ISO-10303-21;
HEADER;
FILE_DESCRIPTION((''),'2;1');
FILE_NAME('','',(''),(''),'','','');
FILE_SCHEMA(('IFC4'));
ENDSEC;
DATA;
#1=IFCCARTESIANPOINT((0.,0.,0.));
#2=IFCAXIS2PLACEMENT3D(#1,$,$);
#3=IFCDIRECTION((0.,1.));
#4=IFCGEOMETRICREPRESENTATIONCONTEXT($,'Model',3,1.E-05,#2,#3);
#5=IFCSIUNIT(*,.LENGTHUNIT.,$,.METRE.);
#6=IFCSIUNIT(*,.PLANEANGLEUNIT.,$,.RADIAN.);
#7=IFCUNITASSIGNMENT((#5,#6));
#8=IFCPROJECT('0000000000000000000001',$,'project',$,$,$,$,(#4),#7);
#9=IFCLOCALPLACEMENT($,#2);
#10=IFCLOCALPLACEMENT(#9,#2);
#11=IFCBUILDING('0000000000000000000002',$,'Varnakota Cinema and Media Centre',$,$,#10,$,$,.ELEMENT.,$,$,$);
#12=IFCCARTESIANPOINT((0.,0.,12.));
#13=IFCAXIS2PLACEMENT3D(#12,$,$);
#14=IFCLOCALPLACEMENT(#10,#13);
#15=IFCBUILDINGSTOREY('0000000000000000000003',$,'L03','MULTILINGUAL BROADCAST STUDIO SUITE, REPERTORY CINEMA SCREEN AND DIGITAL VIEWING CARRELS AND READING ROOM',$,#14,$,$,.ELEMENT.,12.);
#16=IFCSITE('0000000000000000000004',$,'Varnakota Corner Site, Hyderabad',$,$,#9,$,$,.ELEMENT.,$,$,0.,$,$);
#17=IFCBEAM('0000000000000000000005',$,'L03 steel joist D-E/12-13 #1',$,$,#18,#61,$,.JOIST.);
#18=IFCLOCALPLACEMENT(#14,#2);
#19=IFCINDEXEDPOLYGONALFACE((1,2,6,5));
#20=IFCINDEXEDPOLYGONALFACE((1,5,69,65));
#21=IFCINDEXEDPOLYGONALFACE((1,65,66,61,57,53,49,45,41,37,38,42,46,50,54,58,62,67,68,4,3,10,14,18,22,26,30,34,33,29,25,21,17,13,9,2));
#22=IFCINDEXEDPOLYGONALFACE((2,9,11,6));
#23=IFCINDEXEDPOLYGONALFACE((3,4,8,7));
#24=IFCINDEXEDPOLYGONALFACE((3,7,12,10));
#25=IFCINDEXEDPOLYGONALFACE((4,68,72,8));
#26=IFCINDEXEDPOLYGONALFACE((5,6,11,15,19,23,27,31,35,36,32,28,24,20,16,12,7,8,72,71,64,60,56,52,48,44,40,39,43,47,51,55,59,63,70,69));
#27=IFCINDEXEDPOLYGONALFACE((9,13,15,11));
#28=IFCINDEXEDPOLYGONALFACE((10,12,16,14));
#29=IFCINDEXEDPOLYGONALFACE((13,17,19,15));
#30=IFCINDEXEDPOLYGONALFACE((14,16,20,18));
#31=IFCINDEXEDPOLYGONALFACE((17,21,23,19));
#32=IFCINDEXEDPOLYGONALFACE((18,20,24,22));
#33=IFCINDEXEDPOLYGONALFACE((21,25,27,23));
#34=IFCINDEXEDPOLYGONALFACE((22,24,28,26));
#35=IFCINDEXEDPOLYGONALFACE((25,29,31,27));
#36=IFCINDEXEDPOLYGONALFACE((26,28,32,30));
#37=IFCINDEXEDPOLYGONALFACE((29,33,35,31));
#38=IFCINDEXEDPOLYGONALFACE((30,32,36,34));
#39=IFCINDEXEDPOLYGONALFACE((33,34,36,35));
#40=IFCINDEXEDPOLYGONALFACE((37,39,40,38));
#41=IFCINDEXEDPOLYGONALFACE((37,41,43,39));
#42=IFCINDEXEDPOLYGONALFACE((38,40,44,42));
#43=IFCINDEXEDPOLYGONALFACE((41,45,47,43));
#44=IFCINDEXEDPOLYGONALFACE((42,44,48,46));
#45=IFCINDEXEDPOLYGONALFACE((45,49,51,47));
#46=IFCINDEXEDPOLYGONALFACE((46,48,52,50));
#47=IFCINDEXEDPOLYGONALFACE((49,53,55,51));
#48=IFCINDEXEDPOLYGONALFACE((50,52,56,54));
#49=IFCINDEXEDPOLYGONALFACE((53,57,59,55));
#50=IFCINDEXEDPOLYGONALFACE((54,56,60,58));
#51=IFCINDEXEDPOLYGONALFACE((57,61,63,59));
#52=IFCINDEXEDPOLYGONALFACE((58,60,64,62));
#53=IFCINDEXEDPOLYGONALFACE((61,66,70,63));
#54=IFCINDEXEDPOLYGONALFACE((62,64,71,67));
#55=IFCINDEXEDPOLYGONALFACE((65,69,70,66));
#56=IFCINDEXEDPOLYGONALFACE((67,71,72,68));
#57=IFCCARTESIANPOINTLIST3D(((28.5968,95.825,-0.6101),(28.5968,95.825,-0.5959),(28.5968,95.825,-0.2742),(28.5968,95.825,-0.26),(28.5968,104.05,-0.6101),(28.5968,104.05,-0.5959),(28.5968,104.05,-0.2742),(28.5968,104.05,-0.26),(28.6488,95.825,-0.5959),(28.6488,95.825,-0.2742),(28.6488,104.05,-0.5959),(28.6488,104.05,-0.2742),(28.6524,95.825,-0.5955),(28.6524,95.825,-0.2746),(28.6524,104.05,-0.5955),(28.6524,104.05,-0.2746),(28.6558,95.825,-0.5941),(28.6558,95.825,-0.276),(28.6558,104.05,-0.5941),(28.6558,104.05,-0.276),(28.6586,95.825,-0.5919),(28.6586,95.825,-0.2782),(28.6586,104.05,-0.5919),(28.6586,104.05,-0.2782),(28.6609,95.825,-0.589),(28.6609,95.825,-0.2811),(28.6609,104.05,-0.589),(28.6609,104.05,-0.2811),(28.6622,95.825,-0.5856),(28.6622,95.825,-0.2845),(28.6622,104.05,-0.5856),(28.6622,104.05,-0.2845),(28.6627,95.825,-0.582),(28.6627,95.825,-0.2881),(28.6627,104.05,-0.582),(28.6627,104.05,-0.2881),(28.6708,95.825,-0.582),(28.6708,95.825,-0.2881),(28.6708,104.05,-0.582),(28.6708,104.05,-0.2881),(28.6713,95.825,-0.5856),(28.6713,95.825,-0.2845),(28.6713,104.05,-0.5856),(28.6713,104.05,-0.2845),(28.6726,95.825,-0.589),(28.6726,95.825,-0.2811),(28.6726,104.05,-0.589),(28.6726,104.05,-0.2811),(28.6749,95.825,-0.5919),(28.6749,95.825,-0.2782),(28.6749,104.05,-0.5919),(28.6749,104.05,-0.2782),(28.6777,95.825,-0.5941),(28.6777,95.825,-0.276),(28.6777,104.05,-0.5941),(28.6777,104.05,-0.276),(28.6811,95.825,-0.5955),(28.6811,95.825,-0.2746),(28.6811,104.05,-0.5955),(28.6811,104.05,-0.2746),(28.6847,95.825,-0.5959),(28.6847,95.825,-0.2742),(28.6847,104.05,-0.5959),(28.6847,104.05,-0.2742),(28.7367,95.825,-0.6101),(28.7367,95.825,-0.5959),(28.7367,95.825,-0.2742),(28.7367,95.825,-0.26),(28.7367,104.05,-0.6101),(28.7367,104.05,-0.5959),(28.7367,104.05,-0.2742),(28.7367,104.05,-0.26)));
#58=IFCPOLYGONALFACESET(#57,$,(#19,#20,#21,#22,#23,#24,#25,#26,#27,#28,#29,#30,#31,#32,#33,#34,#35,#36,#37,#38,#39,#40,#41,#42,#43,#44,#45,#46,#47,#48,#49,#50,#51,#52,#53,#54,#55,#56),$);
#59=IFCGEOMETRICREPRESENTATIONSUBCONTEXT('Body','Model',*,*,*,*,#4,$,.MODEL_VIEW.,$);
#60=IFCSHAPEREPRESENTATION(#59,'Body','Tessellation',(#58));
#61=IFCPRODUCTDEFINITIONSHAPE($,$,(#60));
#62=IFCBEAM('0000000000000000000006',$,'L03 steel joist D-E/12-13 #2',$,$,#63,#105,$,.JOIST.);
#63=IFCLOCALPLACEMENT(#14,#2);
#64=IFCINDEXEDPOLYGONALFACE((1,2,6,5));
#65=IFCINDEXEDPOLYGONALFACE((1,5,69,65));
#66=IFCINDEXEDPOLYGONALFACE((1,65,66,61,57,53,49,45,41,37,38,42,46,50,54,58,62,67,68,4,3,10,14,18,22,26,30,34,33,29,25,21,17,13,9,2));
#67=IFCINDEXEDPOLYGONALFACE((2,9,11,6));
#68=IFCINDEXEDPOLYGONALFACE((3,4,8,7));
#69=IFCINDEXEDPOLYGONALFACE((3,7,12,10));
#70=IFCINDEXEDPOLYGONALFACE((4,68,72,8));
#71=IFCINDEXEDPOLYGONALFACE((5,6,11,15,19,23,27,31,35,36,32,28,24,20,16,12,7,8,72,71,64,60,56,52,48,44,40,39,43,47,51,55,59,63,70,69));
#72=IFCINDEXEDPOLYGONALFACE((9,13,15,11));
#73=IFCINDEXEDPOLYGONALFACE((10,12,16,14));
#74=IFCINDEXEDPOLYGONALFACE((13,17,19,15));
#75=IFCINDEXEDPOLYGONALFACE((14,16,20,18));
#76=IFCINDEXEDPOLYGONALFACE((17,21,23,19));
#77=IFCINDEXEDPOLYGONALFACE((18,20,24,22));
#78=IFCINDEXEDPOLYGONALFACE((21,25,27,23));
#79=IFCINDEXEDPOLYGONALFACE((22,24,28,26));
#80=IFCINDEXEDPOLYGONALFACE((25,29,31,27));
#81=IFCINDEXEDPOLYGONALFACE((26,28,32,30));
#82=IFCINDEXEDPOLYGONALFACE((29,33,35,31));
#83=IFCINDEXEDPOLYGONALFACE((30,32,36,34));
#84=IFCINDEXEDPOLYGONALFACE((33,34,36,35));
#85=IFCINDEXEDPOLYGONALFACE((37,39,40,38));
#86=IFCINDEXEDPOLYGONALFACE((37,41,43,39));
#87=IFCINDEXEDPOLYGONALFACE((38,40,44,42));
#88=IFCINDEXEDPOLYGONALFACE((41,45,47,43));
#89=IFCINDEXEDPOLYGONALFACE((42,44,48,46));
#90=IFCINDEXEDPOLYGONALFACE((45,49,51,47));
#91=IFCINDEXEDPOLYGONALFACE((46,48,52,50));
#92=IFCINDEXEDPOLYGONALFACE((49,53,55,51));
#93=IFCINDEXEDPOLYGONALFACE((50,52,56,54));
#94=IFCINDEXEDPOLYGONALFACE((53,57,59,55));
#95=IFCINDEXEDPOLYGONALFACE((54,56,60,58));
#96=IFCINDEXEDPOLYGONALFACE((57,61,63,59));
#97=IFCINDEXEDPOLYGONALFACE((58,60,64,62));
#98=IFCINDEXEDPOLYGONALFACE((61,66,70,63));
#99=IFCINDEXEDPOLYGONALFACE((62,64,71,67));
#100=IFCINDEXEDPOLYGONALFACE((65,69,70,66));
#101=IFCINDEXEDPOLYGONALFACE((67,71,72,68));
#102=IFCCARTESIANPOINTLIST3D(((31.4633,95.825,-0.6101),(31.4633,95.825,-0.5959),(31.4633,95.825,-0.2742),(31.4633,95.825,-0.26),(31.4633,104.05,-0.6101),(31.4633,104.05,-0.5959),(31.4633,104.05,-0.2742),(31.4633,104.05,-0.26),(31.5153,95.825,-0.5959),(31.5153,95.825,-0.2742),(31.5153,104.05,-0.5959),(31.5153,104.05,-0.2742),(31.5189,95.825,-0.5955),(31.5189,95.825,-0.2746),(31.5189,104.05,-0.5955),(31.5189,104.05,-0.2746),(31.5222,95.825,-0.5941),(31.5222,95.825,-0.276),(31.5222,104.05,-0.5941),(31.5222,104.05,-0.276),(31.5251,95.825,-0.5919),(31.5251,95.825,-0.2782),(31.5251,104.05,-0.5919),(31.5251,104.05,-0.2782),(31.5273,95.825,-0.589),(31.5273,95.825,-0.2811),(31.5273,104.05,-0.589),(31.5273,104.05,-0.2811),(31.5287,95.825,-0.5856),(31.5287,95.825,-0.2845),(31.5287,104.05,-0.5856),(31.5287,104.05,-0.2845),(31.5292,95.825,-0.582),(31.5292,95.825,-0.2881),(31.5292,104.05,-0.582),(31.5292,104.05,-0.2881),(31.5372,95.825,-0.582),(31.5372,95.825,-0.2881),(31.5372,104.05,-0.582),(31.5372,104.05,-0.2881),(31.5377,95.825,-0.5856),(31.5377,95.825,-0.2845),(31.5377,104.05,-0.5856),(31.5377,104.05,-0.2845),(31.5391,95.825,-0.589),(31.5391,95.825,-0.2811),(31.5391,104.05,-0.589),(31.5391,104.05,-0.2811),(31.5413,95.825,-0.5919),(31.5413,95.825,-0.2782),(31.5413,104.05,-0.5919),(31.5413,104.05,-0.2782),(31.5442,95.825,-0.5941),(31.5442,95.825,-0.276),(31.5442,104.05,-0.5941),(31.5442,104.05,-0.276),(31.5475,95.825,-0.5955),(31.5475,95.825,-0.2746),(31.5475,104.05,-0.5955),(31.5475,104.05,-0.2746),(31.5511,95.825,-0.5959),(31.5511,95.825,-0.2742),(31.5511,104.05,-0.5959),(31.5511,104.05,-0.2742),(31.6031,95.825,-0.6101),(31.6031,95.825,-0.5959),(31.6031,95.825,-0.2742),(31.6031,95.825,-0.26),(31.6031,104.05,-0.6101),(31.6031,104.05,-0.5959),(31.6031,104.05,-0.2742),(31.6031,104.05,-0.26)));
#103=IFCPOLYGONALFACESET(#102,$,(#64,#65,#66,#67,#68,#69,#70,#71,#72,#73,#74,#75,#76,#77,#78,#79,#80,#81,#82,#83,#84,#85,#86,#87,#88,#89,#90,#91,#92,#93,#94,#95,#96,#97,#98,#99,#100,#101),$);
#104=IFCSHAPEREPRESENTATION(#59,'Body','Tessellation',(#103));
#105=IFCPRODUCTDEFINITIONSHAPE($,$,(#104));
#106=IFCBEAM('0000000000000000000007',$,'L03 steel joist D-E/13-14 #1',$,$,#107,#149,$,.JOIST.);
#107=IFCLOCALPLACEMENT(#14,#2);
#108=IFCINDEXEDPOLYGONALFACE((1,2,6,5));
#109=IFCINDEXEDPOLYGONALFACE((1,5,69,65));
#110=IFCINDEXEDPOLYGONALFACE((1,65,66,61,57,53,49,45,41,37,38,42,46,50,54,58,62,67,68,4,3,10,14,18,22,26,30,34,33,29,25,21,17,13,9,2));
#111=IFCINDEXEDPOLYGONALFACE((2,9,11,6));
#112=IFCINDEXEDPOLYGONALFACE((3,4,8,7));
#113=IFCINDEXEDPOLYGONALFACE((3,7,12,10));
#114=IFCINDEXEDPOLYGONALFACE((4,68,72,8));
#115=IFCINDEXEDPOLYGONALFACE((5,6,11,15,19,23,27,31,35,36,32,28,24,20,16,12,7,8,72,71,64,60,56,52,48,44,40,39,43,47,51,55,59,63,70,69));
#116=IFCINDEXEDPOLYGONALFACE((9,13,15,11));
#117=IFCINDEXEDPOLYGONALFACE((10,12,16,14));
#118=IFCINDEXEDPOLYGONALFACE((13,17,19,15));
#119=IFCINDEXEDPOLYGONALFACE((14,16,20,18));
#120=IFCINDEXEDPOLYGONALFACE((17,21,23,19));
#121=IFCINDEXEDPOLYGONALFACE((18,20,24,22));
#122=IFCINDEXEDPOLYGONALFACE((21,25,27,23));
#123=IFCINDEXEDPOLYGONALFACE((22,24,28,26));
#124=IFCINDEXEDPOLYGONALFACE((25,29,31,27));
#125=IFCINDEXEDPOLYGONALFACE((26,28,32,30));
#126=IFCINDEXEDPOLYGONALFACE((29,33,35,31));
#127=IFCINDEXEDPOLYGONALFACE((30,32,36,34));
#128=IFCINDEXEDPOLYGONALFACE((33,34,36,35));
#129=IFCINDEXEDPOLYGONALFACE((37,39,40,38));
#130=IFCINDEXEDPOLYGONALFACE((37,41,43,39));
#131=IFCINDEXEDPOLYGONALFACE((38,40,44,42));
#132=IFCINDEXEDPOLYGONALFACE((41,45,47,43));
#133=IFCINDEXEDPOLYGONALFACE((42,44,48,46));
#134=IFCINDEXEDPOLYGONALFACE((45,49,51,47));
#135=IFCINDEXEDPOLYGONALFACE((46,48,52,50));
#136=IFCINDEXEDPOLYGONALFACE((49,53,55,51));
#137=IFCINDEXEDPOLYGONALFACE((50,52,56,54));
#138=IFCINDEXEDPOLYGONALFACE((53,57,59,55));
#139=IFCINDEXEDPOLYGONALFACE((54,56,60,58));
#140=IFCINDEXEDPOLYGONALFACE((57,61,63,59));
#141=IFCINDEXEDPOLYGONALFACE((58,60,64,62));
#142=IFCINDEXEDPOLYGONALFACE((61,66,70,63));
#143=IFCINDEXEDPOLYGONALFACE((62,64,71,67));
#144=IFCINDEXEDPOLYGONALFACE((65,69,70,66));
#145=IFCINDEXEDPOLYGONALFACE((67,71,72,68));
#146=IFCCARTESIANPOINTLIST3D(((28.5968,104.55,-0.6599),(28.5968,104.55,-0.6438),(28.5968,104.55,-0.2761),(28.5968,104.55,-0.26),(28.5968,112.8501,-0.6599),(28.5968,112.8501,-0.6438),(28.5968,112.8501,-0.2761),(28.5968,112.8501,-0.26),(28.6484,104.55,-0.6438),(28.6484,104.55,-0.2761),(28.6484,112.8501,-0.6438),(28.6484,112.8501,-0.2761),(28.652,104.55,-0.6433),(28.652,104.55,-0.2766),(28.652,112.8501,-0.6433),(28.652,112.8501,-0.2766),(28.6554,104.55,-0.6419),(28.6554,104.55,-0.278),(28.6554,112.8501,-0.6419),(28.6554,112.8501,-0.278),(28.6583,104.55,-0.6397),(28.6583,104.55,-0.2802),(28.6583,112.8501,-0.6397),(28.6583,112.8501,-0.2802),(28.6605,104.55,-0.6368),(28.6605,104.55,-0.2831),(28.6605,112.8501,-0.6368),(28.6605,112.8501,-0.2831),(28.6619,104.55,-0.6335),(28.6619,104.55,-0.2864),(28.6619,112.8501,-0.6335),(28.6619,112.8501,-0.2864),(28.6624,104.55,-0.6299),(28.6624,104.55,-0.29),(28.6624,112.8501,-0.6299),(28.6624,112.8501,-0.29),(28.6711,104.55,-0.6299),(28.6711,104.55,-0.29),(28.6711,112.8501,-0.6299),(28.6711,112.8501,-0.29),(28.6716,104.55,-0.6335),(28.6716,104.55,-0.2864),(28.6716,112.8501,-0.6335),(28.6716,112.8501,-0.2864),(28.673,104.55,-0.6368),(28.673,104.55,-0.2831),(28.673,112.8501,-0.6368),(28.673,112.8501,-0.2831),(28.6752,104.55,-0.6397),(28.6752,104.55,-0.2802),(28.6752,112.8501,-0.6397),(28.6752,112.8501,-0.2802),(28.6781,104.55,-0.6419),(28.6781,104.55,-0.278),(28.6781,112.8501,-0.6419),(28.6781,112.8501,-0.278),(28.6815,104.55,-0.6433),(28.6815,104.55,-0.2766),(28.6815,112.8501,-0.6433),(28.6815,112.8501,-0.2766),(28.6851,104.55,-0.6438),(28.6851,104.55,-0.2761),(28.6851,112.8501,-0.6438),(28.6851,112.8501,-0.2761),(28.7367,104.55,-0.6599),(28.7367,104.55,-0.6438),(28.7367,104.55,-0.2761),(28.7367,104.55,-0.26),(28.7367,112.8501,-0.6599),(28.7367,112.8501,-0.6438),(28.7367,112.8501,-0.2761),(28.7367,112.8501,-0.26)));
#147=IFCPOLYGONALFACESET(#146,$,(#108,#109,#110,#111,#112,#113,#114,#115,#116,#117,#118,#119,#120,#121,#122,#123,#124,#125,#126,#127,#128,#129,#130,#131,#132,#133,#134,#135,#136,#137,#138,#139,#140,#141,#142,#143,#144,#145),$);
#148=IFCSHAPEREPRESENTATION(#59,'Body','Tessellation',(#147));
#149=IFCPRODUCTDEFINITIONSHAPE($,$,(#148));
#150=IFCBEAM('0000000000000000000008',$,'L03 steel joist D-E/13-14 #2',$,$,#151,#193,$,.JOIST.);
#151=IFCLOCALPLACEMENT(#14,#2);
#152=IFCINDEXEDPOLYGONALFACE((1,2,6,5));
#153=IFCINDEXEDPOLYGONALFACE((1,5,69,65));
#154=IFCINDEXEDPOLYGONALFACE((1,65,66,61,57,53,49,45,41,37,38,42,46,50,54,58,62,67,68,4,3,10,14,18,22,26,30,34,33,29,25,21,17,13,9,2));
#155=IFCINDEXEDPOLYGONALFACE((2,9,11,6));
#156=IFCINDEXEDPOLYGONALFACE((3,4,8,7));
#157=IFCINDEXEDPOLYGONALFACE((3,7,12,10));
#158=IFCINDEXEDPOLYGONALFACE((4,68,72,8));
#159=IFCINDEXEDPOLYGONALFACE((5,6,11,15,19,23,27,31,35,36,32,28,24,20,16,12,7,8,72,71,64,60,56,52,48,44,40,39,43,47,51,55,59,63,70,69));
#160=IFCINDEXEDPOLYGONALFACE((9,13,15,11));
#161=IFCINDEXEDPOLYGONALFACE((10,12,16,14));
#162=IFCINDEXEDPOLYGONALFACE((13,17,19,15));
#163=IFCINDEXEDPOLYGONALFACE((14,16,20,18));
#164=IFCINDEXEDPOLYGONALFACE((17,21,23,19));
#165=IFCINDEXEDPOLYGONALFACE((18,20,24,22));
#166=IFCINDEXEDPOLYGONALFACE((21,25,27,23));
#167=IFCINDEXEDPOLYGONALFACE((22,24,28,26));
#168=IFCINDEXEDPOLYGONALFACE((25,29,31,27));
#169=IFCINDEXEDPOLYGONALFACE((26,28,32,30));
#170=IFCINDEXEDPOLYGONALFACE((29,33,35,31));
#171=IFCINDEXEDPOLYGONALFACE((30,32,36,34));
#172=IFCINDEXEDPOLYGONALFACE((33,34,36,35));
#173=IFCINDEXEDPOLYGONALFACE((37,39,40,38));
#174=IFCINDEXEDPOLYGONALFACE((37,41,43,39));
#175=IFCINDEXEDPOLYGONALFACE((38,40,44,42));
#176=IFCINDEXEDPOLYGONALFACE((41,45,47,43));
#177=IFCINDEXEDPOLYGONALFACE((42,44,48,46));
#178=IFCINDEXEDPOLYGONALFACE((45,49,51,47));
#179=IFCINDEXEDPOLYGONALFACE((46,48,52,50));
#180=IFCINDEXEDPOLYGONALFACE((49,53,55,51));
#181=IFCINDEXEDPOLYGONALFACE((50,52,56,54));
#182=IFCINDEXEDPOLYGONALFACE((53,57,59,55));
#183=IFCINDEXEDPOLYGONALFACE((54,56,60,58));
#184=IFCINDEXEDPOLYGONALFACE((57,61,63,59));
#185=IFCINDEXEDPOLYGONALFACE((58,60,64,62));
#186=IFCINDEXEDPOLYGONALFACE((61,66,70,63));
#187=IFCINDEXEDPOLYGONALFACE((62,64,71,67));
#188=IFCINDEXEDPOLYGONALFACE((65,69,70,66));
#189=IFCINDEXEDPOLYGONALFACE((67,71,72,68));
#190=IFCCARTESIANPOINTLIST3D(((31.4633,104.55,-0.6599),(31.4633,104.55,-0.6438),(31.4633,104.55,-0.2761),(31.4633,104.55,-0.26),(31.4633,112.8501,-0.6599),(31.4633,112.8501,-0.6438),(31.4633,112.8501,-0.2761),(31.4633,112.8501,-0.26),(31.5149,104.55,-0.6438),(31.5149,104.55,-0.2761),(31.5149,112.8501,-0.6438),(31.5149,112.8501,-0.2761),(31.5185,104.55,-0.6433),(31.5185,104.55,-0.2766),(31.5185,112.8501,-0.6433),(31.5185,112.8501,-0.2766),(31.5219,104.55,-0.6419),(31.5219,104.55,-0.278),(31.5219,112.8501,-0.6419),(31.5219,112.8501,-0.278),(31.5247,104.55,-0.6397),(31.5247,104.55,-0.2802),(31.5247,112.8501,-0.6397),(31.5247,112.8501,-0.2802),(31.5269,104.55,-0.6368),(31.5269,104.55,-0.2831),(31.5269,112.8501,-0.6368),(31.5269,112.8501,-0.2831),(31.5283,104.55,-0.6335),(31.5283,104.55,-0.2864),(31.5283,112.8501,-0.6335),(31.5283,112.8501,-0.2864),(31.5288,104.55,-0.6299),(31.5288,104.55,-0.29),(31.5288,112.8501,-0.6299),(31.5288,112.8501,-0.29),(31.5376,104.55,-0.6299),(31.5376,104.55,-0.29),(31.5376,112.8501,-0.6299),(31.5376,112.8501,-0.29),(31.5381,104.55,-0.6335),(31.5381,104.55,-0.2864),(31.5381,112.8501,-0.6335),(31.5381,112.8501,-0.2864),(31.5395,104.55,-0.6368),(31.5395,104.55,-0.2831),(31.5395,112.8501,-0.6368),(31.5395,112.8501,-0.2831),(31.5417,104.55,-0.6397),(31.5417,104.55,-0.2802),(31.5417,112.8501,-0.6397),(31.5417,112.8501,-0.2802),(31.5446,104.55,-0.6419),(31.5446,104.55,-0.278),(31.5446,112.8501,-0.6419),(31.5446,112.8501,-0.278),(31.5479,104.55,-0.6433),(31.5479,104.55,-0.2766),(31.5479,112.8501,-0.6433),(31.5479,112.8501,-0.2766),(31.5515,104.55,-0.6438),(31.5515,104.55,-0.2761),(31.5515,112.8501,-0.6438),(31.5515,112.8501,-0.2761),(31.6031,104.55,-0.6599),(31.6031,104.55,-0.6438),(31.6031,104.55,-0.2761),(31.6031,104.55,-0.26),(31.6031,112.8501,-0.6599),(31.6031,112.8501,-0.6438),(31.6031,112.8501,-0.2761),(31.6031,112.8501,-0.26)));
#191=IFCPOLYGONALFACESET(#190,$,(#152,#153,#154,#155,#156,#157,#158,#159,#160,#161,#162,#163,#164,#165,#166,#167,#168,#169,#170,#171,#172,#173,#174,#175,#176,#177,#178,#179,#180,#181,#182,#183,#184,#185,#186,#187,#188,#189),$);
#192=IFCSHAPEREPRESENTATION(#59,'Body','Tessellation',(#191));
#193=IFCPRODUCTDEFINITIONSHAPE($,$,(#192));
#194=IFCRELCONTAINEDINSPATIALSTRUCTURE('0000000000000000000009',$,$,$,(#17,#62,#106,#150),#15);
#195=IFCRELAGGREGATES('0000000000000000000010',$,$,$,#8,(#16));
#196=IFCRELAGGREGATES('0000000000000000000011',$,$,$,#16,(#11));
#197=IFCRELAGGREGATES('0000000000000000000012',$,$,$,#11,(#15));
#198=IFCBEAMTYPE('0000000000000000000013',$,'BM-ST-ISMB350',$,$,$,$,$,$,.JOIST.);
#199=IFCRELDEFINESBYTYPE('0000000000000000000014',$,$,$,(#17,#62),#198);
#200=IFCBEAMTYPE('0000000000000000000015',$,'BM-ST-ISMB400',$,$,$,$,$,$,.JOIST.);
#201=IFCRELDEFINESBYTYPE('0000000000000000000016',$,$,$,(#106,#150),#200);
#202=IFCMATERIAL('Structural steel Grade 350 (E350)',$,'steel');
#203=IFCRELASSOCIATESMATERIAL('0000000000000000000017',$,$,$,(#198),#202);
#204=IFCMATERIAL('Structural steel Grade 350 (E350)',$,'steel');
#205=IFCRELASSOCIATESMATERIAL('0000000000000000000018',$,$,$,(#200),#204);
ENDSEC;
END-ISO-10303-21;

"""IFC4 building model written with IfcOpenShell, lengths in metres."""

from ifc_helpers import new_model, si_unit, direction, frame, origin, origin_2d, place, context, subcontext, project, spatial, i_section, extrude, material, material_profile, profile_set, type_object, element, save


model = new_model("IFC4")

# Units and contexts
model_context = context("Model", 3, precision=1e-05, world=origin(), true_north=direction((0.0, 1.0)))
body_context = subcontext(model_context, "Body", "Model", "MODEL_VIEW")
ifc_project = project(units=[si_unit("LENGTHUNIT", "METRE"), si_unit("PLANEANGLEUNIT", "RADIAN")], contexts=[model_context])

# Site, building, storey
site_placement = place(None, origin())
site = spatial("IfcSite", under=ifc_project, at=site_placement, Name="Varnakota Corner Site, Hyderabad", CompositionType="ELEMENT", RefElevation=0.0)
building_placement = place(site_placement, origin())
building = spatial("IfcBuilding", under=site, at=building_placement, Name="Varnakota Cinema and Media Centre", CompositionType="ELEMENT")
storey_placement = place(building_placement, frame((0.0, 0.0, 12.0)))
storey = spatial("IfcBuildingStorey", under=building, at=storey_placement, Name="L03", Description="MULTILINGUAL BROADCAST STUDIO SUITE, REPERTORY CINEMA SCREEN AND DIGITAL VIEWING CARRELS AND READING ROOM", CompositionType="ELEMENT", Elevation=12.0)

# Beams
ifc_material_1 = material(Name="Structural steel Grade 350 (E350)", Category="steel")
ifc_material_profile_1 = material_profile(ifc_material_1, i_section(OverallWidth=0.1399, OverallDepth=0.3501, WebThickness=0.0081, FlangeThickness=0.0142, FilletRadius=0.0139, at=origin_2d()), Name="ISMB 350")
ifc_profile_set_1 = profile_set([ifc_material_profile_1], Name="Structural steel Grade 350 (E350)")
beam_type_1 = type_object("IfcBeamType", Name="BM-ST-ISMB350", PredefinedType="JOIST", material=ifc_profile_set_1)
for number, where, z_axis, x_axis, name in (
    (1, (28.6667, 95.825, -0.4351), (0.0, 1.0, 0.0), (-1.0, 0.0, 0.0), "L03 steel joist D-E/12-13 #1"),
    (2, (31.5332, 95.825, -0.4351), (0.0, 1.0, 0.0), (-1.0, 0.0, 0.0), "L03 steel joist D-E/12-13 #2"),
):
    element("IfcBeam", number, at=place(storey_placement, frame(where, z_axis=z_axis, x_axis=x_axis)), inside=storey, type_object=beam_type_1, Name=name, PredefinedType="JOIST", context=body_context, shape_type="SweptSolid", body=[
        extrude(i_section(OverallWidth=0.1399, OverallDepth=0.3501, WebThickness=0.0081, FlangeThickness=0.0142, FilletRadius=0.0139, at=origin_2d()), origin(), (0.0, 0.0, 1.0), 8.2251),
    ])
ifc_material_2 = material(Name="Structural steel Grade 350 (E350)", Category="steel")
ifc_material_profile_2 = material_profile(ifc_material_2, i_section(OverallWidth=0.1399, OverallDepth=0.3999, WebThickness=0.0088, FlangeThickness=0.0161, FilletRadius=0.0139, at=origin_2d()), Name="ISMB 400")
ifc_profile_set_2 = profile_set([ifc_material_profile_2], Name="Structural steel Grade 350 (E350)")
beam_type_2 = type_object("IfcBeamType", Name="BM-ST-ISMB400", PredefinedType="JOIST", material=ifc_profile_set_2)
for number, where, z_axis, x_axis, name in (
    (3, (28.6667, 104.55, -0.46), (0.0, 1.0, 0.0), (-1.0, 0.0, 0.0), "L03 steel joist D-E/13-14 #1"),
    (4, (31.5332, 104.55, -0.46), (0.0, 1.0, 0.0), (-1.0, 0.0, 0.0), "L03 steel joist D-E/13-14 #2"),
):
    element("IfcBeam", number, at=place(storey_placement, frame(where, z_axis=z_axis, x_axis=x_axis)), inside=storey, type_object=beam_type_2, Name=name, PredefinedType="JOIST", context=body_context, shape_type="SweptSolid", body=[
        extrude(i_section(OverallWidth=0.1399, OverallDepth=0.3999, WebThickness=0.0088, FlangeThickness=0.0161, FilletRadius=0.0139, at=origin_2d()), origin(), (0.0, 0.0, 1.0), 8.3),
    ])

save(model, "model.ifc")
